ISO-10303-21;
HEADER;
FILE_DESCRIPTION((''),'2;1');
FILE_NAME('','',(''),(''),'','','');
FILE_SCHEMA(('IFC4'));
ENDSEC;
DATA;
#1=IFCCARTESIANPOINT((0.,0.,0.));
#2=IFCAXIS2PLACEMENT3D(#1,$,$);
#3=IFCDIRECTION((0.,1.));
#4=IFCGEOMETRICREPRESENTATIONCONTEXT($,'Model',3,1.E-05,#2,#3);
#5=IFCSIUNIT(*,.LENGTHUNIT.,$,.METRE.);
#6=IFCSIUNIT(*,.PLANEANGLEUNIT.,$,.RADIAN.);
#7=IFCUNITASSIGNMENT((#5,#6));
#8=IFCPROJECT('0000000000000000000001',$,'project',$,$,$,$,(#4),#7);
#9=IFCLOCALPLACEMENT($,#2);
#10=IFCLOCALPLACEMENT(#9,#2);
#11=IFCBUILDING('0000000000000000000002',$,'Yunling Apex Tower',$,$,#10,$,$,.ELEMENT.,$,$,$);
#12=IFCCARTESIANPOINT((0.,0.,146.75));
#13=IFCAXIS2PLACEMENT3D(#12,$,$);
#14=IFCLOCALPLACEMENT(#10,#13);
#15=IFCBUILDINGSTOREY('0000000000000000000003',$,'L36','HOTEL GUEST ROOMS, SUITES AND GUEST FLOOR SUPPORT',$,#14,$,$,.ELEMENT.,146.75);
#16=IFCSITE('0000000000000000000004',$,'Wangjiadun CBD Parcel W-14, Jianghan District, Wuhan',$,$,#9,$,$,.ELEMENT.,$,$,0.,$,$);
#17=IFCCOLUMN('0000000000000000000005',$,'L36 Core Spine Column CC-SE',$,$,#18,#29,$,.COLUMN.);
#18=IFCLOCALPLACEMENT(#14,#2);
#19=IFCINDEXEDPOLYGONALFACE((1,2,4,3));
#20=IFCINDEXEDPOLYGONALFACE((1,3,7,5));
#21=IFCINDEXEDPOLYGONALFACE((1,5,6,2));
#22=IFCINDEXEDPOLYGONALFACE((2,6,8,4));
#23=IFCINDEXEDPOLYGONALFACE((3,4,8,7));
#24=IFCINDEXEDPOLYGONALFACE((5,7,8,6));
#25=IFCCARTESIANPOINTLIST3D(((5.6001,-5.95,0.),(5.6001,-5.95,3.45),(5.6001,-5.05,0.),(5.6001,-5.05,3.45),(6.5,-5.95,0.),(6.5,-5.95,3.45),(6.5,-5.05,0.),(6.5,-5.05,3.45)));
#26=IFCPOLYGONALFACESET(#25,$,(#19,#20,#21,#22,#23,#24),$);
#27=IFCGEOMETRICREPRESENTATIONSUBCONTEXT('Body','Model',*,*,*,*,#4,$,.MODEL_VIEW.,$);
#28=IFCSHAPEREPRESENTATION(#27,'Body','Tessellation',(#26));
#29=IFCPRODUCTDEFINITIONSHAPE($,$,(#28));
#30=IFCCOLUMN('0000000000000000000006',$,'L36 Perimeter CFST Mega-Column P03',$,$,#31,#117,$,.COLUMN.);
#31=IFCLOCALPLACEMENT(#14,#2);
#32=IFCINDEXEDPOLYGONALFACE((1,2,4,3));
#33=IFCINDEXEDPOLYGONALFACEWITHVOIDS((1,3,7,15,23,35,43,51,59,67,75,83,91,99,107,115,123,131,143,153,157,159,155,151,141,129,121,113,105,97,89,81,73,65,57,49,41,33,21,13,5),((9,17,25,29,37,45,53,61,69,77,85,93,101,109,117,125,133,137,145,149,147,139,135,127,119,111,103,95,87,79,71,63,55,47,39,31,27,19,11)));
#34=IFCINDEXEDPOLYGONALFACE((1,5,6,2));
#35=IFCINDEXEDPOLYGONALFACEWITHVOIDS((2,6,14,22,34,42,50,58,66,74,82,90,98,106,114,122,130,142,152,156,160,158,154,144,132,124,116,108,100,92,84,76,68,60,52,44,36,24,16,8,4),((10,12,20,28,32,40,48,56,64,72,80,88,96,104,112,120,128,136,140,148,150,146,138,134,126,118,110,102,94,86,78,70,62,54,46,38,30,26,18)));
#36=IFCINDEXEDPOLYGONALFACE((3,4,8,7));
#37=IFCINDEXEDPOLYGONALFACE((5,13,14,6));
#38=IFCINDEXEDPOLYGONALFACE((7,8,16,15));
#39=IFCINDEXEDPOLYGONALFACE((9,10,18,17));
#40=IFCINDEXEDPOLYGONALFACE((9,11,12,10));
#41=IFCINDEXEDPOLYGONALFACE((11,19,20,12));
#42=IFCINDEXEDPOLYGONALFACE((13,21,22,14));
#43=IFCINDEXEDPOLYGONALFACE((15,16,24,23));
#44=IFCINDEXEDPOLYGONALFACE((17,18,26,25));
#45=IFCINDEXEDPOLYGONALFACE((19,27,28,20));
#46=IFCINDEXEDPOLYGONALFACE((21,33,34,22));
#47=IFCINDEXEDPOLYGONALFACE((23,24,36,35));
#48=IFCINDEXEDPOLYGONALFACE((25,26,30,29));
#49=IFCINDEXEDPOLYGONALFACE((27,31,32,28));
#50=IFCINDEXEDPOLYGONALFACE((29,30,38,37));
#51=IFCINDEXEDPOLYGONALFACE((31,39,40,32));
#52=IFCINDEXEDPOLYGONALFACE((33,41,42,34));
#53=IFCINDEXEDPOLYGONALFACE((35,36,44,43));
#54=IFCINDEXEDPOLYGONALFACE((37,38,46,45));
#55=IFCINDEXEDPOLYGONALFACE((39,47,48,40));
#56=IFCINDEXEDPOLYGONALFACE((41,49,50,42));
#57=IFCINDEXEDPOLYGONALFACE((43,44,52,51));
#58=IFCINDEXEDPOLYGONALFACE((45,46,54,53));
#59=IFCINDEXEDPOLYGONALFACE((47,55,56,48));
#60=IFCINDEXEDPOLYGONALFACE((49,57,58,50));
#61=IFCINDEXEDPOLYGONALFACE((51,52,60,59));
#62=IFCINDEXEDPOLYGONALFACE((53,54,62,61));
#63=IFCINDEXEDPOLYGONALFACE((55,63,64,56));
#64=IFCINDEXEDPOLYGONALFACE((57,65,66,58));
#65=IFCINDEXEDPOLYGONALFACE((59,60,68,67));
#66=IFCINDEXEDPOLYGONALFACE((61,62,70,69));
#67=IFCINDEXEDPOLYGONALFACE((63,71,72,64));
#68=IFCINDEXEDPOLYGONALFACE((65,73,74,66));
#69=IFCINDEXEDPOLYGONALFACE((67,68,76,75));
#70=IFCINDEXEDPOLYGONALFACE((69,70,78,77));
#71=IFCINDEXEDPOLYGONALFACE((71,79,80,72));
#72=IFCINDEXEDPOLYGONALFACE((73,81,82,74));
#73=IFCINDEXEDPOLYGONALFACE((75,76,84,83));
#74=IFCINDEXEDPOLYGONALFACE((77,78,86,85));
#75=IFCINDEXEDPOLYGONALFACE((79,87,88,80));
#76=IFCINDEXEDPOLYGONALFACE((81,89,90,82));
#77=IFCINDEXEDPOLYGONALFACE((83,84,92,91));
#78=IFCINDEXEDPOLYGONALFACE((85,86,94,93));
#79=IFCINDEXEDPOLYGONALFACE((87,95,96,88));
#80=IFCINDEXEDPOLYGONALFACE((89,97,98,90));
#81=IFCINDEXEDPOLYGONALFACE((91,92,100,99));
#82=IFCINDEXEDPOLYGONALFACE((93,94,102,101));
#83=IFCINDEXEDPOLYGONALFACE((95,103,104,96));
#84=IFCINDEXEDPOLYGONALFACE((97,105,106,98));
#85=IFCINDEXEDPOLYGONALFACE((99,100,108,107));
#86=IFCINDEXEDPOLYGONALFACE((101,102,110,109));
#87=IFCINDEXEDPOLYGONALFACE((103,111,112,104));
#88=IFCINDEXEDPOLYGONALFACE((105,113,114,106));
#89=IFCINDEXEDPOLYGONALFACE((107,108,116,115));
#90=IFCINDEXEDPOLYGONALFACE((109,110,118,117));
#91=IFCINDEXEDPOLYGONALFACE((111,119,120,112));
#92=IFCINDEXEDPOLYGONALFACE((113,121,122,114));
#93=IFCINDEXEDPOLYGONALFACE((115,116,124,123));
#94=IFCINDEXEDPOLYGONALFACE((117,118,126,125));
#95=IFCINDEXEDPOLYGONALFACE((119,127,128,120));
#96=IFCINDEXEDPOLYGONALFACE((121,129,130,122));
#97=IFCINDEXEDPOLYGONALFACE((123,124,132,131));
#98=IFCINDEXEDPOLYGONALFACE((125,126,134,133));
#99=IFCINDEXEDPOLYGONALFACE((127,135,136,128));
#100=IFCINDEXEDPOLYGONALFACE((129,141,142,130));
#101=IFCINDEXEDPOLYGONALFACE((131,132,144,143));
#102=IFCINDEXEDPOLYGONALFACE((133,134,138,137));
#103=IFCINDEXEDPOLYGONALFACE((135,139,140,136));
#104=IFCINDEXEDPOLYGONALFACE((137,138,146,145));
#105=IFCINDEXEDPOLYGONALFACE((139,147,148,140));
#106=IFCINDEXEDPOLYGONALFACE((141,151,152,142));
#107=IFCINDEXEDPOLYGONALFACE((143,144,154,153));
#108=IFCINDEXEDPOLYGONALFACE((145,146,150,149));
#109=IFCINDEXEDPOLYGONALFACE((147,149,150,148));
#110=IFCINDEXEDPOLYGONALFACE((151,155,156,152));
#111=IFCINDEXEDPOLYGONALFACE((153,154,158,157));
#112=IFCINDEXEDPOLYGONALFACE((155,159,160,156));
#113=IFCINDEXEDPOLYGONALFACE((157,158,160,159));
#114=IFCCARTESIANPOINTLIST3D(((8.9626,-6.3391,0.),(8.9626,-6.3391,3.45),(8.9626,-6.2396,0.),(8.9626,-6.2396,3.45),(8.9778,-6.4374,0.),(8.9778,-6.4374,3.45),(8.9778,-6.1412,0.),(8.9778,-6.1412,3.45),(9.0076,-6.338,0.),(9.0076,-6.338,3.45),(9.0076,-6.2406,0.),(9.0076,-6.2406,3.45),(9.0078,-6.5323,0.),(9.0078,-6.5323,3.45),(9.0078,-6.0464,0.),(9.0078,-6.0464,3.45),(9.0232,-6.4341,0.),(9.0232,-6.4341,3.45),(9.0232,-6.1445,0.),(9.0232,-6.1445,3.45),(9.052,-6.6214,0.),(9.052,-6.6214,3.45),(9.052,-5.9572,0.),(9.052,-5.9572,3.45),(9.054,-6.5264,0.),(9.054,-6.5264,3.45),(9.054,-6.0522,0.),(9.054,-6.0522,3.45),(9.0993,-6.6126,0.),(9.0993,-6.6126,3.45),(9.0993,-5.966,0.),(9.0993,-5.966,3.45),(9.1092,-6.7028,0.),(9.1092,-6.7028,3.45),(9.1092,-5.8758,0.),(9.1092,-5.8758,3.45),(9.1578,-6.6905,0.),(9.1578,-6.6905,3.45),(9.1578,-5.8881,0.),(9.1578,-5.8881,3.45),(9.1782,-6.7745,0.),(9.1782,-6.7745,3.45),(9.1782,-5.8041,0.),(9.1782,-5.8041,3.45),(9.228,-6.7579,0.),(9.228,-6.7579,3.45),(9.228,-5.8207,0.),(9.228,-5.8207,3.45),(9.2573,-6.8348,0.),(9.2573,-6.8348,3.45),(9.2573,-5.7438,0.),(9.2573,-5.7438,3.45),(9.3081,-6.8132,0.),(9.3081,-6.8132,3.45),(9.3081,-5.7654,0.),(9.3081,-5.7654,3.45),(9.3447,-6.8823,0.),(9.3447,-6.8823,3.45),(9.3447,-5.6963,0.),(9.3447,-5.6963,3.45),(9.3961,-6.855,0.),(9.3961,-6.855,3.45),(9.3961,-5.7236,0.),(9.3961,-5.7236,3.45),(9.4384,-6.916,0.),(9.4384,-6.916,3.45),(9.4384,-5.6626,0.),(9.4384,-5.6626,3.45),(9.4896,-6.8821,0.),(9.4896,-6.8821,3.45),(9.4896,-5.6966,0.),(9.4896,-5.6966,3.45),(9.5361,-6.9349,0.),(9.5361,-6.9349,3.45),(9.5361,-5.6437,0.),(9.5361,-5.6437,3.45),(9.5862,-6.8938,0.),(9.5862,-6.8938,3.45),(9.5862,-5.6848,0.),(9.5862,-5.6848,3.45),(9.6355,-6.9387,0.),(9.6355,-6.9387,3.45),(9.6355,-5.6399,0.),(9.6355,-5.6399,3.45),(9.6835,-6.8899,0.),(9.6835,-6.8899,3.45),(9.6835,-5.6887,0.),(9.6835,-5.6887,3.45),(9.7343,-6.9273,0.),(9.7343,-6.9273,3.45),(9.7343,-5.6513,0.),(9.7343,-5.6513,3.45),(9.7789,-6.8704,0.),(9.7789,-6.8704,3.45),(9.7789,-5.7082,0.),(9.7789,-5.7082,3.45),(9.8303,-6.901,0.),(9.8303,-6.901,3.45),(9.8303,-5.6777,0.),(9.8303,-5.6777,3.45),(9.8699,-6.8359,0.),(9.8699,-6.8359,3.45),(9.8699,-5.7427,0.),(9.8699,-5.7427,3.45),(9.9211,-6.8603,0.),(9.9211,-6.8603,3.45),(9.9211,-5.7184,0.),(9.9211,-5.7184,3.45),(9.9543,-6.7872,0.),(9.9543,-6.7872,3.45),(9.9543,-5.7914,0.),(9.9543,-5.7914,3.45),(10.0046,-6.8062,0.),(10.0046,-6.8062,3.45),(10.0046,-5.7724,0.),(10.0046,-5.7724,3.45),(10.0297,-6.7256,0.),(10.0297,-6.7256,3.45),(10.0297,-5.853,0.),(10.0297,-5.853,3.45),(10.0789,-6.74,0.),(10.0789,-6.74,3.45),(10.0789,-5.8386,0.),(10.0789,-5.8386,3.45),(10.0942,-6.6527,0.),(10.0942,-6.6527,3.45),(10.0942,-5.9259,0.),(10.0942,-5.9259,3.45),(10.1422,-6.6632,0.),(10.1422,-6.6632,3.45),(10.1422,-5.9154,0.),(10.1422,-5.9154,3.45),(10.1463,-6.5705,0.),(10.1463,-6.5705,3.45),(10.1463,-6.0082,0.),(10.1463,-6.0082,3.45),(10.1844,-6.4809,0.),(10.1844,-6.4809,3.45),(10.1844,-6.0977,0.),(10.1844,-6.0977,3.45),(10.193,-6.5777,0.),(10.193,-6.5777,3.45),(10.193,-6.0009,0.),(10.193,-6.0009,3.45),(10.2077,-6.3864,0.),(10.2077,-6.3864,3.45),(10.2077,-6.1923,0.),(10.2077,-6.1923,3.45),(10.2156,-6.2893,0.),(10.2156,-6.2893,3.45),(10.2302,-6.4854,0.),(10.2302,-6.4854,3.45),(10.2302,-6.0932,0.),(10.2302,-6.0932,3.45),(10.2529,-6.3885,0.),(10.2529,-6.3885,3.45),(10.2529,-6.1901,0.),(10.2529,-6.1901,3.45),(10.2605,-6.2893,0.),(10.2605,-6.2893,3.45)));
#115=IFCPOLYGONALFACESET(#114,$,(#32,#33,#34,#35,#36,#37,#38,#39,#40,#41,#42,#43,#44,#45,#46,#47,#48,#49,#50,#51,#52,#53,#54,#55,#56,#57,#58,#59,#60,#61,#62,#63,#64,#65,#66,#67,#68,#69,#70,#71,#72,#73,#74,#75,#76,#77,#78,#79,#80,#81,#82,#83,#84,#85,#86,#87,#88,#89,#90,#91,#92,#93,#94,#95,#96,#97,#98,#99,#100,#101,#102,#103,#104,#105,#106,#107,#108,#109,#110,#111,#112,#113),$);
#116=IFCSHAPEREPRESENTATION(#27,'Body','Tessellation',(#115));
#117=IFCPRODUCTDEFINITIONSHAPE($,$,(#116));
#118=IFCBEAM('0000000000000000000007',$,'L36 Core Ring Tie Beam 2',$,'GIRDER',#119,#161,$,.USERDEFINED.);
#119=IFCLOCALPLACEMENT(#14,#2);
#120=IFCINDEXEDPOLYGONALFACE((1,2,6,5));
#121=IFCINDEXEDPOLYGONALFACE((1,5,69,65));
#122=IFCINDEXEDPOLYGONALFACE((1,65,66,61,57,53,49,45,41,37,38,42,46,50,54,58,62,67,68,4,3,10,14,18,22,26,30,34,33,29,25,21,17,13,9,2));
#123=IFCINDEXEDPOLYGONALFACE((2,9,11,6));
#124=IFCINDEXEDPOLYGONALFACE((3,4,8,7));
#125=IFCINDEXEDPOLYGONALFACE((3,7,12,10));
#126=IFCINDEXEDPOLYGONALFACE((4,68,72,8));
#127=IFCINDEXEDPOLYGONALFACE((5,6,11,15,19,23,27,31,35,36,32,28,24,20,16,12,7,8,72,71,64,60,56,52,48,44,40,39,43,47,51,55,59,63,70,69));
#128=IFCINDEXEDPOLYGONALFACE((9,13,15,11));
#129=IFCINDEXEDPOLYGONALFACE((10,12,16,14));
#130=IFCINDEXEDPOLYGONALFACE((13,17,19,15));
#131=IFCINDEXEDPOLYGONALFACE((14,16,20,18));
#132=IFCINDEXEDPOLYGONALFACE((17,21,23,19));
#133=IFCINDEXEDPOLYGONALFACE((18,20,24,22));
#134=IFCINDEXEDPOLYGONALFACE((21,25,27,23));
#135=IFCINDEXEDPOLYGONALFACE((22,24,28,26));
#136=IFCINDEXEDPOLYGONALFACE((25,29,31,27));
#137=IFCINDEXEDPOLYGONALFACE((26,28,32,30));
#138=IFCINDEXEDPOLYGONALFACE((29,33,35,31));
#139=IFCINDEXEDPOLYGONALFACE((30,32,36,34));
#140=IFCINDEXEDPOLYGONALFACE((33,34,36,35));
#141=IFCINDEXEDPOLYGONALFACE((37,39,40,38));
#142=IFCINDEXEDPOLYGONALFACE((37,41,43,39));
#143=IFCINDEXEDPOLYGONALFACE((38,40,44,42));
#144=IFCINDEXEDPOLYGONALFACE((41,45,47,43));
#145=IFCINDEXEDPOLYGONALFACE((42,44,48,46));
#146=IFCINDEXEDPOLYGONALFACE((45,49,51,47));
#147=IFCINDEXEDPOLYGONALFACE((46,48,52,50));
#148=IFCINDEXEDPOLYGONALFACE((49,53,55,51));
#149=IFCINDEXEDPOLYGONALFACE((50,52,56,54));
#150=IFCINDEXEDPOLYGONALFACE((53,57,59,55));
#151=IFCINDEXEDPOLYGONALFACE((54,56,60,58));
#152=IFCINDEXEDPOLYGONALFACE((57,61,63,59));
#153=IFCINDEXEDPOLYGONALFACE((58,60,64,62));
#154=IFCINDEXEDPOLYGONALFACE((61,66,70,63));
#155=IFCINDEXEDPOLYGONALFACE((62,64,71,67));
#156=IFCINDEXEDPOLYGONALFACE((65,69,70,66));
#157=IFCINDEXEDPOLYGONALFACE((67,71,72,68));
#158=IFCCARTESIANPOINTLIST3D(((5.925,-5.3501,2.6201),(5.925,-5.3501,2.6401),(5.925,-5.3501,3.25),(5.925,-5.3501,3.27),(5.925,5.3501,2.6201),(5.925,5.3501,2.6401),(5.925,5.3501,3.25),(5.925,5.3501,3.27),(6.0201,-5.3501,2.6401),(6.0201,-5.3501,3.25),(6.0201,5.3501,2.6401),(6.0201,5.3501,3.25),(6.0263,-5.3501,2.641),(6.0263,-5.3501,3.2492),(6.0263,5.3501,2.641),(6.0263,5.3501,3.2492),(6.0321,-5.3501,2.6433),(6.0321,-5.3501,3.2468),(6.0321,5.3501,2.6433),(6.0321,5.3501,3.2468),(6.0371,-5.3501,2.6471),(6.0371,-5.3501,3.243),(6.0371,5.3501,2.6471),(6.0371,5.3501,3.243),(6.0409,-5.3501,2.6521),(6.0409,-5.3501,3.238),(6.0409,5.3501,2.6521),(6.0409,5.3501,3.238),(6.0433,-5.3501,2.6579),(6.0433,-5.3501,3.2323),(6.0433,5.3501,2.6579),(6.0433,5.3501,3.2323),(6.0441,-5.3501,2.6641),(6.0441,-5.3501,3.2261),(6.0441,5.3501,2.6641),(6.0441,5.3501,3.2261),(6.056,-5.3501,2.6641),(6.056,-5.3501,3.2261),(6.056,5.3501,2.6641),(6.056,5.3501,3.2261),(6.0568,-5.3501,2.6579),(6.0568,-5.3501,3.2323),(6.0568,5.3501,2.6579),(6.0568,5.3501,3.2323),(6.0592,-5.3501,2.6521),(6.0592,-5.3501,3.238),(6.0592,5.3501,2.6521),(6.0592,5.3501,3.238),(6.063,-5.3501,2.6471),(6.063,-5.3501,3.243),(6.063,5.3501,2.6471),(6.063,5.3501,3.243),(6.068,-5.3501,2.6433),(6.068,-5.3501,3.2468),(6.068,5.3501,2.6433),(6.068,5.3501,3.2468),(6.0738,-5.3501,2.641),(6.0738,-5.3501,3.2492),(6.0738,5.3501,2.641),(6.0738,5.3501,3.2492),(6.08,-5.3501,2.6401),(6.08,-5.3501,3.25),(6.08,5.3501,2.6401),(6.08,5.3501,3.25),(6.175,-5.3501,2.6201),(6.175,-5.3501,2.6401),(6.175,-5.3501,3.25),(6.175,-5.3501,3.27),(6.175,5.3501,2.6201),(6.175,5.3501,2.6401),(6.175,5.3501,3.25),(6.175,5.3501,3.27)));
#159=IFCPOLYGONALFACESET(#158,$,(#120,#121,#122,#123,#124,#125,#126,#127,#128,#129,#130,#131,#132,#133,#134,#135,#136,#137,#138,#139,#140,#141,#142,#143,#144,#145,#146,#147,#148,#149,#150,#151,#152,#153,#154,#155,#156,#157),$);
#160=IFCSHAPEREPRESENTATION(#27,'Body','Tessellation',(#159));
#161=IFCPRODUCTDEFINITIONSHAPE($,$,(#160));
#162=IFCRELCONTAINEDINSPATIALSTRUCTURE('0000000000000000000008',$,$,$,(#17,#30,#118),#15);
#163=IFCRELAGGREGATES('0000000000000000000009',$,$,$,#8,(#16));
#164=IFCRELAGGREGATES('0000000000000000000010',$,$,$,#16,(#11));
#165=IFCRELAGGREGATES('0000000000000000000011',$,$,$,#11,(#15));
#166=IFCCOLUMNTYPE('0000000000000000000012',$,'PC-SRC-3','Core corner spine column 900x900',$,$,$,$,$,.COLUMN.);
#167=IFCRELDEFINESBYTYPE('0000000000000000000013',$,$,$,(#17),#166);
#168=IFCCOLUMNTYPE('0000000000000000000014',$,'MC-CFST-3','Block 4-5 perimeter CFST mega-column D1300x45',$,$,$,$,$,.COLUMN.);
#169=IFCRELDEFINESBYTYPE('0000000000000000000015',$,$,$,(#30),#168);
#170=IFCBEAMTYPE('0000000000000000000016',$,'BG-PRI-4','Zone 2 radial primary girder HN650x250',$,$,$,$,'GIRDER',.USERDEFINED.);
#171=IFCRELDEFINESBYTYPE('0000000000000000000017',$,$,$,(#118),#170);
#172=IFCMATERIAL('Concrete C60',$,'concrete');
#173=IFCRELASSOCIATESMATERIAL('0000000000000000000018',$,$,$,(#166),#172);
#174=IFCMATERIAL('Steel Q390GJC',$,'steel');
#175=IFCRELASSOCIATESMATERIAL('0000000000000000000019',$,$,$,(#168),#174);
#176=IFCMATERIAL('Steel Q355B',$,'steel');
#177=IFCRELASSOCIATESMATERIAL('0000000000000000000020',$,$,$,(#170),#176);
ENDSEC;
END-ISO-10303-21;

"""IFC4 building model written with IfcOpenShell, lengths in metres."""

from ifc_helpers import new_model, si_unit, direction, frame, origin, origin_2d, place, context, subcontext, project, spatial, rectangle, hollow_circle, i_section, extrude, source, transform, mapped, material, material_profile, profile_set, type_object, element, save


model = new_model("IFC4")

# Units and contexts
model_context = context("Model", 3, precision=1e-05, world=origin(), true_north=direction((0.0, 1.0)))
body_context = subcontext(model_context, "Body", "Model", "MODEL_VIEW")
ifc_project = project(units=[si_unit("LENGTHUNIT", "METRE"), si_unit("PLANEANGLEUNIT", "RADIAN")], contexts=[model_context])

# Site, building, storey
site_placement = place(None, origin())
site = spatial("IfcSite", under=ifc_project, at=site_placement, Name="Wangjiadun CBD Parcel W-14, Jianghan District, Wuhan", CompositionType="ELEMENT", RefElevation=0.0)
building_placement = place(site_placement, origin())
building = spatial("IfcBuilding", under=site, at=building_placement, Name="Yunling Apex Tower", CompositionType="ELEMENT")
storey_placement = place(building_placement, frame((0.0, 0.0, 146.75)))
storey = spatial("IfcBuildingStorey", under=building, at=storey_placement, Name="L36", Description="HOTEL GUEST ROOMS, SUITES AND GUEST FLOOR SUPPORT", CompositionType="ELEMENT", Elevation=146.75)

# Columns
ifc_material_1 = material(Name="Concrete C60", Category="concrete")
ifc_material_profile_1 = material_profile(ifc_material_1, rectangle(XDim=0.8999, YDim=0.8999, at=origin_2d()))
ifc_profile_set_1 = profile_set([ifc_material_profile_1], Name="Concrete C60")
column_type_1 = type_object("IfcColumnType", Name="PC-SRC-3", Description="Core corner spine column 900x900", PredefinedType="COLUMN", material=ifc_profile_set_1)
shared_shape_1 = source(origin(), body_context, "Body", "SweptSolid", [
    extrude(rectangle(XDim=0.8999, YDim=0.8999, at=origin_2d()), origin(), (0.0, 0.0, 1.0), 3.45),
])
column_1_placement = place(storey_placement, frame((6.05, -5.5, 0.0), z_axis=(0.0, 0.0, 1.0), x_axis=(1.0, 0.0, 0.0)))
element("IfcColumn", 1, at=column_1_placement, inside=storey, type_object=column_type_1, Name="L36 Core Spine Column CC-SE", PredefinedType="COLUMN", context=body_context, shape_type="MappedRepresentation", body=[
    mapped(shared_shape_1, transform((0.0, 0.0, 0.0), scale=1.0)),
])
ifc_material_2 = material(Name="Steel Q390GJC", Category="steel")
ifc_material_profile_2 = material_profile(ifc_material_2, hollow_circle(Radius=0.6499, WallThickness=0.0449, at=origin_2d()))
ifc_profile_set_2 = profile_set([ifc_material_profile_2], Name="Steel Q390GJC")
column_type_2 = type_object("IfcColumnType", Name="MC-CFST-3", Description="Block 4-5 perimeter CFST mega-column D1300x45", PredefinedType="COLUMN", material=ifc_profile_set_2)
shared_shape_2 = source(origin(), body_context, "Body", "SweptSolid", [
    extrude(hollow_circle(Radius=0.6499, WallThickness=0.0449, at=origin_2d()), origin(), (0.0, 0.0, 1.0), 3.45),
])
column_2_placement = place(storey_placement, frame((9.6106, -6.2893, 0.0), z_axis=(0.0, 0.0, 1.0), x_axis=(1.0, 0.0, 0.0)))
element("IfcColumn", 2, at=column_2_placement, inside=storey, type_object=column_type_2, Name="L36 Perimeter CFST Mega-Column P03", PredefinedType="COLUMN", context=body_context, shape_type="MappedRepresentation", body=[
    mapped(shared_shape_2, transform((0.0, 0.0, 0.0), scale=1.0)),
])

# Beam
ifc_material_3 = material(Name="Steel Q355B", Category="steel")
ifc_material_profile_3 = material_profile(ifc_material_3, i_section(OverallWidth=0.25, OverallDepth=0.6499, WebThickness=0.012, FlangeThickness=0.02, FilletRadius=0.0239, at=origin_2d()))
ifc_profile_set_3 = profile_set([ifc_material_profile_3], Name="Steel Q355B")
beam_type_1 = type_object("IfcBeamType", Name="BG-PRI-4", Description="Zone 2 radial primary girder HN650x250", ElementType="GIRDER", PredefinedType="USERDEFINED", material=ifc_profile_set_3)
shared_shape_3 = source(origin(), body_context, "Body", "SweptSolid", [
    extrude(i_section(OverallWidth=0.25, OverallDepth=0.6499, WebThickness=0.012, FlangeThickness=0.02, FilletRadius=0.0239, at=origin_2d()), origin(), (0.0, 0.0, 1.0), 10.7002),
])
beam_1_placement = place(storey_placement, frame((6.05, -5.3501, 2.9451), z_axis=(0.0, 1.0, 0.0), x_axis=(-1.0, 0.0, 0.0)))
element("IfcBeam", 3, at=beam_1_placement, inside=storey, type_object=beam_type_1, Name="L36 Core Ring Tie Beam 2", ObjectType="GIRDER", PredefinedType="USERDEFINED", context=body_context, shape_type="MappedRepresentation", body=[
    mapped(shared_shape_3, transform((0.0, 0.0, 0.0), scale=1.0)),
])

save(model, "model.ifc")
